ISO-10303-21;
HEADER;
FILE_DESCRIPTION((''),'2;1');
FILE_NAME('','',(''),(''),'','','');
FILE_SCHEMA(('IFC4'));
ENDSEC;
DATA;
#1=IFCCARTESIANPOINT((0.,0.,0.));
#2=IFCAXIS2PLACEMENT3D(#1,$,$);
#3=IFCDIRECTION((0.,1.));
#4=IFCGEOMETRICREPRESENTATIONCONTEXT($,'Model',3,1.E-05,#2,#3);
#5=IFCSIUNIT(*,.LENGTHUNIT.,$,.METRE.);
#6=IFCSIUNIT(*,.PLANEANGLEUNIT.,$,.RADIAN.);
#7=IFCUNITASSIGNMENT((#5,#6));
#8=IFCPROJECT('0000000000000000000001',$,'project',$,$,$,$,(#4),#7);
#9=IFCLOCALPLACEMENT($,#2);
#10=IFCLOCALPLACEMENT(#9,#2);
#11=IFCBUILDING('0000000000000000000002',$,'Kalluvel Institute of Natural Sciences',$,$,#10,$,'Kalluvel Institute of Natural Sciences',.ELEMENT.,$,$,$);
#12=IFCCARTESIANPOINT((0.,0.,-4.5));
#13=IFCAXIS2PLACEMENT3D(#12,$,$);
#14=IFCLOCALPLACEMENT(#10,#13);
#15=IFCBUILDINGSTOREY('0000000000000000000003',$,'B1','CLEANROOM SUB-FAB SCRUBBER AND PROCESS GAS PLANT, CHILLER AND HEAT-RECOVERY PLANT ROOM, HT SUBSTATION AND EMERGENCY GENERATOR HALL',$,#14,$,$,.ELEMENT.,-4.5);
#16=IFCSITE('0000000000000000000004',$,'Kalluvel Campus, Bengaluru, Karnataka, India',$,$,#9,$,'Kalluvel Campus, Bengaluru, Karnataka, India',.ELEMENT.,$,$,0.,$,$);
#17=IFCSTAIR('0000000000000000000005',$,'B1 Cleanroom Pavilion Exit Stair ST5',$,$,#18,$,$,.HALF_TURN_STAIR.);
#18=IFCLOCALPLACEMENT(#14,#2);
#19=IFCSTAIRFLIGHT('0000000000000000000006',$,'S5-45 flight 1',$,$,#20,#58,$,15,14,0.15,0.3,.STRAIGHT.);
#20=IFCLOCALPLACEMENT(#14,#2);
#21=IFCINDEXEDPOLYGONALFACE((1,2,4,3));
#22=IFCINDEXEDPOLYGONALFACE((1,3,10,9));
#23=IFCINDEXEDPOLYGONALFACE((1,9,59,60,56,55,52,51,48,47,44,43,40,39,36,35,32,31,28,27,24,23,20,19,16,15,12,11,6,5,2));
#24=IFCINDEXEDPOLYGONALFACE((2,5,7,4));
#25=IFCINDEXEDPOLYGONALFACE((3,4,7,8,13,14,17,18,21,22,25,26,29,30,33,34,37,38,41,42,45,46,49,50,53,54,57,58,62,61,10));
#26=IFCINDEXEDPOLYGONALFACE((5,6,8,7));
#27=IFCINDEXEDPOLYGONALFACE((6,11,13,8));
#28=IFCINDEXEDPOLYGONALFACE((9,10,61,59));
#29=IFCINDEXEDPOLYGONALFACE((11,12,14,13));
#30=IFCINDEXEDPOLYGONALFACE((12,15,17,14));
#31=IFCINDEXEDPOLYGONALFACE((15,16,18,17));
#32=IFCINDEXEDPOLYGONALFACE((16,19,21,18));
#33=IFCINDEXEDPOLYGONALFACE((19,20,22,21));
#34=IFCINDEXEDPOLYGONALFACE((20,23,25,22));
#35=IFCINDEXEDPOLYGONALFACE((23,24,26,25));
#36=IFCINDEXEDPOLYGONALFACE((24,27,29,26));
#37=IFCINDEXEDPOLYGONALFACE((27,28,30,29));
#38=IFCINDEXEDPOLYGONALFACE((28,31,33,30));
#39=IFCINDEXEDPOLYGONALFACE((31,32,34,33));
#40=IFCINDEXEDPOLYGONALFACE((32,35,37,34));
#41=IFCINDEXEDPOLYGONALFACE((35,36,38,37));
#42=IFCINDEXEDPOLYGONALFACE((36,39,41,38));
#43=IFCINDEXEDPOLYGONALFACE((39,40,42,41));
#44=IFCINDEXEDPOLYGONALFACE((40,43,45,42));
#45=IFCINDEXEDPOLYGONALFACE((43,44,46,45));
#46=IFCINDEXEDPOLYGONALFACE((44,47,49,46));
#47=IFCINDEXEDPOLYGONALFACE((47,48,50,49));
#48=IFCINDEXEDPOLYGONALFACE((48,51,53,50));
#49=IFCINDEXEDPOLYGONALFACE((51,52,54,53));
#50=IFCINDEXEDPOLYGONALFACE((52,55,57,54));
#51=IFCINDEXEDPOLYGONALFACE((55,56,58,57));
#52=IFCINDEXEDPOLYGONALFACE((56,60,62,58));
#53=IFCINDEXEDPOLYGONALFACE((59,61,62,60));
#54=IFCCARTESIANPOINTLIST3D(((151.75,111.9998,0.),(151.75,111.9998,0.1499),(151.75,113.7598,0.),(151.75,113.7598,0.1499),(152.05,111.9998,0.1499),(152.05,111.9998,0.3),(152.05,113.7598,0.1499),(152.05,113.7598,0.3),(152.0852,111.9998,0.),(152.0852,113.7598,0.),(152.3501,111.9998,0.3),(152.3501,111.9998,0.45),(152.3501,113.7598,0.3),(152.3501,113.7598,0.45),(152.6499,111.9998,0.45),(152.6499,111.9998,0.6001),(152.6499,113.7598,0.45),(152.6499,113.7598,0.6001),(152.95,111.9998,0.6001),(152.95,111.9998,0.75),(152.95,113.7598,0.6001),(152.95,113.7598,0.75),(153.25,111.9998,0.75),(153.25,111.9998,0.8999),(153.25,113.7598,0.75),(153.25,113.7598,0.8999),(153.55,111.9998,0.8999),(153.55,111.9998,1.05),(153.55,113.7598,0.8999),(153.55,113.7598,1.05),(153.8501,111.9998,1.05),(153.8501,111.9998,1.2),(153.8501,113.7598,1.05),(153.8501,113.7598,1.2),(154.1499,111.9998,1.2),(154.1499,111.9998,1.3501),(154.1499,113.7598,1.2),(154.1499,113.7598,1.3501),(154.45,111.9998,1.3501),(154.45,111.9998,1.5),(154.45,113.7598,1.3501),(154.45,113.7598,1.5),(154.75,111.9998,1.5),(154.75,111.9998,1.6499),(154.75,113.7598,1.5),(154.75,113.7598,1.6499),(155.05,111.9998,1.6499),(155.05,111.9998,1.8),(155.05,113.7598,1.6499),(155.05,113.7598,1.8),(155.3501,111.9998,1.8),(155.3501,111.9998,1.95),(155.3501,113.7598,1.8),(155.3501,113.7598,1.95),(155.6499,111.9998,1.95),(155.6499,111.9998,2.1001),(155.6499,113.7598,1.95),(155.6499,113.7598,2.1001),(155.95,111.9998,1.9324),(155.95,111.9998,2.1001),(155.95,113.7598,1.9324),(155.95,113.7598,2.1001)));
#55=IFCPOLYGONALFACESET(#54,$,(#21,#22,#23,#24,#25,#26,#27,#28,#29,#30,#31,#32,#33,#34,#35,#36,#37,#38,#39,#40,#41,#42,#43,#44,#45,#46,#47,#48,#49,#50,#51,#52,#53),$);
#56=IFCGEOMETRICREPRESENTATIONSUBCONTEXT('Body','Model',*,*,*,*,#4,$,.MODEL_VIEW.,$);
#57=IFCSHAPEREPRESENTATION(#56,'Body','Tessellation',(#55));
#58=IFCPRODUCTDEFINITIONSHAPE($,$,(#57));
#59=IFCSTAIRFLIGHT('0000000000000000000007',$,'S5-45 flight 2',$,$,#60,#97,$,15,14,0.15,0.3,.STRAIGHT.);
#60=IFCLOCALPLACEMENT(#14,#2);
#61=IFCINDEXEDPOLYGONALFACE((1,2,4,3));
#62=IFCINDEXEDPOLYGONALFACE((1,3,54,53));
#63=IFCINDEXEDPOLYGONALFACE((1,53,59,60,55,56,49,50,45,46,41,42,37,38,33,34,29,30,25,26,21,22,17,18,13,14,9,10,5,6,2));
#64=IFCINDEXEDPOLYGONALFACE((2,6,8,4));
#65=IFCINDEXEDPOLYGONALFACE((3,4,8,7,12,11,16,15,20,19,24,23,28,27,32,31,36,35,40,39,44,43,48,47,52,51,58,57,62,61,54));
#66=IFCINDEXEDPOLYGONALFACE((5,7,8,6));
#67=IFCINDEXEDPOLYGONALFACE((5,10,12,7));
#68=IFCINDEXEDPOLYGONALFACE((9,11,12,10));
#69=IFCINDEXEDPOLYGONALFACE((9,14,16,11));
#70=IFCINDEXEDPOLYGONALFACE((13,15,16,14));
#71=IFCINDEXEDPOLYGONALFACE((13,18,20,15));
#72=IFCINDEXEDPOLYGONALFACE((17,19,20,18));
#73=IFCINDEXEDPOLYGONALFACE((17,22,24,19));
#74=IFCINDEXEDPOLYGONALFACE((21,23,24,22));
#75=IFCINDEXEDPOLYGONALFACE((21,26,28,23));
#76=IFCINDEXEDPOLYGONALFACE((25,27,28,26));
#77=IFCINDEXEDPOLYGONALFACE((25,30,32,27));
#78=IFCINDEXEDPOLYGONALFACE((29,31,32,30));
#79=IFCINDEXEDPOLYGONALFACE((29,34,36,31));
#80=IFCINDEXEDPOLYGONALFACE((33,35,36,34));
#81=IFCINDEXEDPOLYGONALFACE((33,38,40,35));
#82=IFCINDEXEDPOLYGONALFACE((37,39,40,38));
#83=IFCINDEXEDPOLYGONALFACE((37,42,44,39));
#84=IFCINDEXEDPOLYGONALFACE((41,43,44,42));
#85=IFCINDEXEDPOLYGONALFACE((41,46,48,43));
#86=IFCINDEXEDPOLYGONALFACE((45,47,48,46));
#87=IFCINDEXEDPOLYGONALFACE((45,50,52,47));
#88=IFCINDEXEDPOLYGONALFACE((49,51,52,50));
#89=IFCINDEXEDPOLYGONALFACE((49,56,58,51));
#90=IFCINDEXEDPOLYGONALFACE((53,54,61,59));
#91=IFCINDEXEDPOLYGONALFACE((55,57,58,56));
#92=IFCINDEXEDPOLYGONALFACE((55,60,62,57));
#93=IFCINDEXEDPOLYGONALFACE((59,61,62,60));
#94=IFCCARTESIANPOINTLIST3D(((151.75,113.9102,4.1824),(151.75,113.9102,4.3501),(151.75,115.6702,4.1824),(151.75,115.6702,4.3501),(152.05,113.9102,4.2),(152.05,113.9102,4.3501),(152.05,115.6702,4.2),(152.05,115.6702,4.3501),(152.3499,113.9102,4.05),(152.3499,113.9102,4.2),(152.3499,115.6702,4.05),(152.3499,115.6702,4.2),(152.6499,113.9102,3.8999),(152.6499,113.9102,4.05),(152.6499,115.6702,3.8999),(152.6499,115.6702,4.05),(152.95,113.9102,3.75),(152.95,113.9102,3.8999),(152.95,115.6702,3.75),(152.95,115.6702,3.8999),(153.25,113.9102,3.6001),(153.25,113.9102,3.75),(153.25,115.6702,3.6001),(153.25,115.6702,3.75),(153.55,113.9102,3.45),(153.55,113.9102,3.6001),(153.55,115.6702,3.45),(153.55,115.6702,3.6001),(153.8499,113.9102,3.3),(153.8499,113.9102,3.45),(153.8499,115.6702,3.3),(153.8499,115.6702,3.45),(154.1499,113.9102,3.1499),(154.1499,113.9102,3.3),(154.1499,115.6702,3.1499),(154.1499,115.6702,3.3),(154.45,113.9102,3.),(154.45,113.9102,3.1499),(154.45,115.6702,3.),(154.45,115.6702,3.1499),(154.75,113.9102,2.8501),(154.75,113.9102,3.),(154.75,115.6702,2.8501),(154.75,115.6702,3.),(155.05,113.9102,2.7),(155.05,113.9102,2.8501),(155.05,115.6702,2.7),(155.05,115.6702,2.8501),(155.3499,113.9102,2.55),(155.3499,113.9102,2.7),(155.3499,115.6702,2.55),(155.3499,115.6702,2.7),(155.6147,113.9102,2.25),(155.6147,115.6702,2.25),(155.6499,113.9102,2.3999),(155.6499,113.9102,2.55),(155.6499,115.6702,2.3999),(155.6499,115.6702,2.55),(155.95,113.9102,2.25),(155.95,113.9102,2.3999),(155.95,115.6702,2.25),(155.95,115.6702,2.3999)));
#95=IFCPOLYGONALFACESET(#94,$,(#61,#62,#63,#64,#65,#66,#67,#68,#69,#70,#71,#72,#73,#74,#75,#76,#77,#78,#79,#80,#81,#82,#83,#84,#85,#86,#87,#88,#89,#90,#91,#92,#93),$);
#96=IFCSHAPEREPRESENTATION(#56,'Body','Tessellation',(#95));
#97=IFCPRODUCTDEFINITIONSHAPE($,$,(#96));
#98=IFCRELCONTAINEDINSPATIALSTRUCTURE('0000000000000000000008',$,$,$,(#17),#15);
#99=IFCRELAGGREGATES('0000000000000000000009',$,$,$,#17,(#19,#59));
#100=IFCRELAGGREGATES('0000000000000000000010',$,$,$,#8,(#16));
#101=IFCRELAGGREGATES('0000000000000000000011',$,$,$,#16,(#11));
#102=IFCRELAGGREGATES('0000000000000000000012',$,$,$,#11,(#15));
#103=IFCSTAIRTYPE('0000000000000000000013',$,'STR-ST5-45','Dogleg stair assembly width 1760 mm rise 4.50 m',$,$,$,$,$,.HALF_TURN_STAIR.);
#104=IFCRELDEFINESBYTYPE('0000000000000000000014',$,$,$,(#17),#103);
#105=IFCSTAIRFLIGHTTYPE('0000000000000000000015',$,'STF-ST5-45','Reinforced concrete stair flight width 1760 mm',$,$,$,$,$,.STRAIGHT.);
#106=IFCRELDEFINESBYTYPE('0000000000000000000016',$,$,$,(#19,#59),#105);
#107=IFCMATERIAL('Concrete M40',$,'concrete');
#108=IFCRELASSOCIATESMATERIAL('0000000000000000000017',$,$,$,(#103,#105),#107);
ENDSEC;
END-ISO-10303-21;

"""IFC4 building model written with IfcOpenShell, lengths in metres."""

from ifc_helpers import new_model, si_unit, direction, frame, origin, place, context, subcontext, project, spatial, polyline, outline, extrude, material, type_object, element, aggregate, save


model = new_model("IFC4")

# Units and contexts
model_context = context("Model", 3, precision=1e-05, world=origin(), true_north=direction((0.0, 1.0)))
body_context = subcontext(model_context, "Body", "Model", "MODEL_VIEW")
ifc_project = project(units=[si_unit("LENGTHUNIT", "METRE"), si_unit("PLANEANGLEUNIT", "RADIAN")], contexts=[model_context])

# Site, building, storey
site_placement = place(None, origin())
site = spatial("IfcSite", under=ifc_project, at=site_placement, Name="Kalluvel Campus, Bengaluru, Karnataka, India", LongName="Kalluvel Campus, Bengaluru, Karnataka, India", CompositionType="ELEMENT", RefElevation=0.0)
building_placement = place(site_placement, origin())
building = spatial("IfcBuilding", under=site, at=building_placement, Name="Kalluvel Institute of Natural Sciences", LongName="Kalluvel Institute of Natural Sciences", CompositionType="ELEMENT")
storey_placement = place(building_placement, frame((0.0, 0.0, -4.5)))
storey = spatial("IfcBuildingStorey", under=building, at=storey_placement, Name="B1", Description="CLEANROOM SUB-FAB SCRUBBER AND PROCESS GAS PLANT, CHILLER AND HEAT-RECOVERY PLANT ROOM, HT SUBSTATION AND EMERGENCY GENERATOR HALL", CompositionType="ELEMENT", Elevation=-4.5)

# Shared definitions
ifc_material_1 = material(Name="Concrete M40", Category="concrete")

# Stair, stair flights
stair_type = type_object("IfcStairType", Name="STR-ST5-45", Description="Dogleg stair assembly width 1760 mm rise 4.50 m", PredefinedType="HALF_TURN_STAIR", material=ifc_material_1)
stair_placement = place(storey_placement, origin())
stair = element("IfcStair", 1, at=stair_placement, inside=storey, type_object=stair_type, Name="B1 Cleanroom Pavilion Exit Stair ST5", PredefinedType="HALF_TURN_STAIR")
stair_flight_type = type_object("IfcStairFlightType", Name="STF-ST5-45", Description="Reinforced concrete stair flight width 1760 mm", PredefinedType="STRAIGHT", material=ifc_material_1)
stair_flight_1_placement = place(storey_placement, frame((151.75, 112.8799, 0.0), z_axis=(0.0, 0.0, 1.0), x_axis=(1.0, 0.0, 0.0)))
stair_flight_1 = element("IfcStairFlight", 2, at=stair_flight_1_placement, type_object=stair_flight_type, Name="S5-45 flight 1", NumberOfRisers=15, NumberOfTreads=14, PredefinedType="STRAIGHT", RiserHeight=0.15, TreadLength=0.3, context=body_context, shape_type="SweptSolid", body=[
    extrude(outline(polyline([(0.0, 0.0), (0.0, 0.1499), (0.3, 0.1499), (0.3, 0.3), (0.6001, 0.3), (0.6001, 0.45), (0.8999, 0.45), (0.8999, 0.6001), (1.2, 0.6001), (1.2, 0.75), (1.5, 0.75), (1.5, 0.8999), (1.8, 0.8999), (1.8, 1.05), (2.1001, 1.05), (2.1001, 1.2), (2.3999, 1.2), (2.3999, 1.3501), (2.7, 1.3501), (2.7, 1.5), (3.0, 1.5), (3.0, 1.6499), (3.3, 1.6499), (3.3, 1.8), (3.6001, 1.8), (3.6001, 1.95), (3.8999, 1.95), (3.8999, 2.1001), (4.2, 2.1001), (4.2, 2.25), (4.2, 1.9324), (0.3352, 0.0), (0.0, 0.0)])), frame((0.0, 0.8799, 0.0), z_axis=(0.0, -1.0, 0.0), x_axis=(1.0, 0.0, 0.0)), (0.0, 0.0, 1.0), 1.76),
])
stair_flight_2_placement = place(storey_placement, frame((155.95, 114.79, 2.25), z_axis=(0.0, 0.0, 1.0), x_axis=(-1.0, 0.0, 0.0)))
stair_flight_2 = element("IfcStairFlight", 3, at=stair_flight_2_placement, type_object=stair_flight_type, Name="S5-45 flight 2", NumberOfRisers=15, NumberOfTreads=14, PredefinedType="STRAIGHT", RiserHeight=0.15, TreadLength=0.3, context=body_context, shape_type="SweptSolid", body=[
    extrude(outline(polyline([(0.0, 0.0), (0.0, 0.1499), (0.3, 0.1499), (0.3, 0.3), (0.6001, 0.3), (0.6001, 0.45), (0.8999, 0.45), (0.8999, 0.6001), (1.2, 0.6001), (1.2, 0.75), (1.5, 0.75), (1.5, 0.8999), (1.8, 0.8999), (1.8, 1.05), (2.1001, 1.05), (2.1001, 1.2), (2.3999, 1.2), (2.3999, 1.3501), (2.7, 1.3501), (2.7, 1.5), (3.0, 1.5), (3.0, 1.6499), (3.3, 1.6499), (3.3, 1.8), (3.6001, 1.8), (3.6001, 1.95), (3.8999, 1.95), (3.8999, 2.1001), (4.2, 2.1001), (4.2, 2.25), (4.2, 1.9324), (0.3352, 0.0), (0.0, 0.0)])), frame((0.0, 0.8799, 0.0), z_axis=(0.0, -1.0, 0.0), x_axis=(1.0, 0.0, 0.0)), (0.0, 0.0, 1.0), 1.76),
])
aggregate(stair, [stair_flight_1, stair_flight_2])

save(model, "model.ifc")
